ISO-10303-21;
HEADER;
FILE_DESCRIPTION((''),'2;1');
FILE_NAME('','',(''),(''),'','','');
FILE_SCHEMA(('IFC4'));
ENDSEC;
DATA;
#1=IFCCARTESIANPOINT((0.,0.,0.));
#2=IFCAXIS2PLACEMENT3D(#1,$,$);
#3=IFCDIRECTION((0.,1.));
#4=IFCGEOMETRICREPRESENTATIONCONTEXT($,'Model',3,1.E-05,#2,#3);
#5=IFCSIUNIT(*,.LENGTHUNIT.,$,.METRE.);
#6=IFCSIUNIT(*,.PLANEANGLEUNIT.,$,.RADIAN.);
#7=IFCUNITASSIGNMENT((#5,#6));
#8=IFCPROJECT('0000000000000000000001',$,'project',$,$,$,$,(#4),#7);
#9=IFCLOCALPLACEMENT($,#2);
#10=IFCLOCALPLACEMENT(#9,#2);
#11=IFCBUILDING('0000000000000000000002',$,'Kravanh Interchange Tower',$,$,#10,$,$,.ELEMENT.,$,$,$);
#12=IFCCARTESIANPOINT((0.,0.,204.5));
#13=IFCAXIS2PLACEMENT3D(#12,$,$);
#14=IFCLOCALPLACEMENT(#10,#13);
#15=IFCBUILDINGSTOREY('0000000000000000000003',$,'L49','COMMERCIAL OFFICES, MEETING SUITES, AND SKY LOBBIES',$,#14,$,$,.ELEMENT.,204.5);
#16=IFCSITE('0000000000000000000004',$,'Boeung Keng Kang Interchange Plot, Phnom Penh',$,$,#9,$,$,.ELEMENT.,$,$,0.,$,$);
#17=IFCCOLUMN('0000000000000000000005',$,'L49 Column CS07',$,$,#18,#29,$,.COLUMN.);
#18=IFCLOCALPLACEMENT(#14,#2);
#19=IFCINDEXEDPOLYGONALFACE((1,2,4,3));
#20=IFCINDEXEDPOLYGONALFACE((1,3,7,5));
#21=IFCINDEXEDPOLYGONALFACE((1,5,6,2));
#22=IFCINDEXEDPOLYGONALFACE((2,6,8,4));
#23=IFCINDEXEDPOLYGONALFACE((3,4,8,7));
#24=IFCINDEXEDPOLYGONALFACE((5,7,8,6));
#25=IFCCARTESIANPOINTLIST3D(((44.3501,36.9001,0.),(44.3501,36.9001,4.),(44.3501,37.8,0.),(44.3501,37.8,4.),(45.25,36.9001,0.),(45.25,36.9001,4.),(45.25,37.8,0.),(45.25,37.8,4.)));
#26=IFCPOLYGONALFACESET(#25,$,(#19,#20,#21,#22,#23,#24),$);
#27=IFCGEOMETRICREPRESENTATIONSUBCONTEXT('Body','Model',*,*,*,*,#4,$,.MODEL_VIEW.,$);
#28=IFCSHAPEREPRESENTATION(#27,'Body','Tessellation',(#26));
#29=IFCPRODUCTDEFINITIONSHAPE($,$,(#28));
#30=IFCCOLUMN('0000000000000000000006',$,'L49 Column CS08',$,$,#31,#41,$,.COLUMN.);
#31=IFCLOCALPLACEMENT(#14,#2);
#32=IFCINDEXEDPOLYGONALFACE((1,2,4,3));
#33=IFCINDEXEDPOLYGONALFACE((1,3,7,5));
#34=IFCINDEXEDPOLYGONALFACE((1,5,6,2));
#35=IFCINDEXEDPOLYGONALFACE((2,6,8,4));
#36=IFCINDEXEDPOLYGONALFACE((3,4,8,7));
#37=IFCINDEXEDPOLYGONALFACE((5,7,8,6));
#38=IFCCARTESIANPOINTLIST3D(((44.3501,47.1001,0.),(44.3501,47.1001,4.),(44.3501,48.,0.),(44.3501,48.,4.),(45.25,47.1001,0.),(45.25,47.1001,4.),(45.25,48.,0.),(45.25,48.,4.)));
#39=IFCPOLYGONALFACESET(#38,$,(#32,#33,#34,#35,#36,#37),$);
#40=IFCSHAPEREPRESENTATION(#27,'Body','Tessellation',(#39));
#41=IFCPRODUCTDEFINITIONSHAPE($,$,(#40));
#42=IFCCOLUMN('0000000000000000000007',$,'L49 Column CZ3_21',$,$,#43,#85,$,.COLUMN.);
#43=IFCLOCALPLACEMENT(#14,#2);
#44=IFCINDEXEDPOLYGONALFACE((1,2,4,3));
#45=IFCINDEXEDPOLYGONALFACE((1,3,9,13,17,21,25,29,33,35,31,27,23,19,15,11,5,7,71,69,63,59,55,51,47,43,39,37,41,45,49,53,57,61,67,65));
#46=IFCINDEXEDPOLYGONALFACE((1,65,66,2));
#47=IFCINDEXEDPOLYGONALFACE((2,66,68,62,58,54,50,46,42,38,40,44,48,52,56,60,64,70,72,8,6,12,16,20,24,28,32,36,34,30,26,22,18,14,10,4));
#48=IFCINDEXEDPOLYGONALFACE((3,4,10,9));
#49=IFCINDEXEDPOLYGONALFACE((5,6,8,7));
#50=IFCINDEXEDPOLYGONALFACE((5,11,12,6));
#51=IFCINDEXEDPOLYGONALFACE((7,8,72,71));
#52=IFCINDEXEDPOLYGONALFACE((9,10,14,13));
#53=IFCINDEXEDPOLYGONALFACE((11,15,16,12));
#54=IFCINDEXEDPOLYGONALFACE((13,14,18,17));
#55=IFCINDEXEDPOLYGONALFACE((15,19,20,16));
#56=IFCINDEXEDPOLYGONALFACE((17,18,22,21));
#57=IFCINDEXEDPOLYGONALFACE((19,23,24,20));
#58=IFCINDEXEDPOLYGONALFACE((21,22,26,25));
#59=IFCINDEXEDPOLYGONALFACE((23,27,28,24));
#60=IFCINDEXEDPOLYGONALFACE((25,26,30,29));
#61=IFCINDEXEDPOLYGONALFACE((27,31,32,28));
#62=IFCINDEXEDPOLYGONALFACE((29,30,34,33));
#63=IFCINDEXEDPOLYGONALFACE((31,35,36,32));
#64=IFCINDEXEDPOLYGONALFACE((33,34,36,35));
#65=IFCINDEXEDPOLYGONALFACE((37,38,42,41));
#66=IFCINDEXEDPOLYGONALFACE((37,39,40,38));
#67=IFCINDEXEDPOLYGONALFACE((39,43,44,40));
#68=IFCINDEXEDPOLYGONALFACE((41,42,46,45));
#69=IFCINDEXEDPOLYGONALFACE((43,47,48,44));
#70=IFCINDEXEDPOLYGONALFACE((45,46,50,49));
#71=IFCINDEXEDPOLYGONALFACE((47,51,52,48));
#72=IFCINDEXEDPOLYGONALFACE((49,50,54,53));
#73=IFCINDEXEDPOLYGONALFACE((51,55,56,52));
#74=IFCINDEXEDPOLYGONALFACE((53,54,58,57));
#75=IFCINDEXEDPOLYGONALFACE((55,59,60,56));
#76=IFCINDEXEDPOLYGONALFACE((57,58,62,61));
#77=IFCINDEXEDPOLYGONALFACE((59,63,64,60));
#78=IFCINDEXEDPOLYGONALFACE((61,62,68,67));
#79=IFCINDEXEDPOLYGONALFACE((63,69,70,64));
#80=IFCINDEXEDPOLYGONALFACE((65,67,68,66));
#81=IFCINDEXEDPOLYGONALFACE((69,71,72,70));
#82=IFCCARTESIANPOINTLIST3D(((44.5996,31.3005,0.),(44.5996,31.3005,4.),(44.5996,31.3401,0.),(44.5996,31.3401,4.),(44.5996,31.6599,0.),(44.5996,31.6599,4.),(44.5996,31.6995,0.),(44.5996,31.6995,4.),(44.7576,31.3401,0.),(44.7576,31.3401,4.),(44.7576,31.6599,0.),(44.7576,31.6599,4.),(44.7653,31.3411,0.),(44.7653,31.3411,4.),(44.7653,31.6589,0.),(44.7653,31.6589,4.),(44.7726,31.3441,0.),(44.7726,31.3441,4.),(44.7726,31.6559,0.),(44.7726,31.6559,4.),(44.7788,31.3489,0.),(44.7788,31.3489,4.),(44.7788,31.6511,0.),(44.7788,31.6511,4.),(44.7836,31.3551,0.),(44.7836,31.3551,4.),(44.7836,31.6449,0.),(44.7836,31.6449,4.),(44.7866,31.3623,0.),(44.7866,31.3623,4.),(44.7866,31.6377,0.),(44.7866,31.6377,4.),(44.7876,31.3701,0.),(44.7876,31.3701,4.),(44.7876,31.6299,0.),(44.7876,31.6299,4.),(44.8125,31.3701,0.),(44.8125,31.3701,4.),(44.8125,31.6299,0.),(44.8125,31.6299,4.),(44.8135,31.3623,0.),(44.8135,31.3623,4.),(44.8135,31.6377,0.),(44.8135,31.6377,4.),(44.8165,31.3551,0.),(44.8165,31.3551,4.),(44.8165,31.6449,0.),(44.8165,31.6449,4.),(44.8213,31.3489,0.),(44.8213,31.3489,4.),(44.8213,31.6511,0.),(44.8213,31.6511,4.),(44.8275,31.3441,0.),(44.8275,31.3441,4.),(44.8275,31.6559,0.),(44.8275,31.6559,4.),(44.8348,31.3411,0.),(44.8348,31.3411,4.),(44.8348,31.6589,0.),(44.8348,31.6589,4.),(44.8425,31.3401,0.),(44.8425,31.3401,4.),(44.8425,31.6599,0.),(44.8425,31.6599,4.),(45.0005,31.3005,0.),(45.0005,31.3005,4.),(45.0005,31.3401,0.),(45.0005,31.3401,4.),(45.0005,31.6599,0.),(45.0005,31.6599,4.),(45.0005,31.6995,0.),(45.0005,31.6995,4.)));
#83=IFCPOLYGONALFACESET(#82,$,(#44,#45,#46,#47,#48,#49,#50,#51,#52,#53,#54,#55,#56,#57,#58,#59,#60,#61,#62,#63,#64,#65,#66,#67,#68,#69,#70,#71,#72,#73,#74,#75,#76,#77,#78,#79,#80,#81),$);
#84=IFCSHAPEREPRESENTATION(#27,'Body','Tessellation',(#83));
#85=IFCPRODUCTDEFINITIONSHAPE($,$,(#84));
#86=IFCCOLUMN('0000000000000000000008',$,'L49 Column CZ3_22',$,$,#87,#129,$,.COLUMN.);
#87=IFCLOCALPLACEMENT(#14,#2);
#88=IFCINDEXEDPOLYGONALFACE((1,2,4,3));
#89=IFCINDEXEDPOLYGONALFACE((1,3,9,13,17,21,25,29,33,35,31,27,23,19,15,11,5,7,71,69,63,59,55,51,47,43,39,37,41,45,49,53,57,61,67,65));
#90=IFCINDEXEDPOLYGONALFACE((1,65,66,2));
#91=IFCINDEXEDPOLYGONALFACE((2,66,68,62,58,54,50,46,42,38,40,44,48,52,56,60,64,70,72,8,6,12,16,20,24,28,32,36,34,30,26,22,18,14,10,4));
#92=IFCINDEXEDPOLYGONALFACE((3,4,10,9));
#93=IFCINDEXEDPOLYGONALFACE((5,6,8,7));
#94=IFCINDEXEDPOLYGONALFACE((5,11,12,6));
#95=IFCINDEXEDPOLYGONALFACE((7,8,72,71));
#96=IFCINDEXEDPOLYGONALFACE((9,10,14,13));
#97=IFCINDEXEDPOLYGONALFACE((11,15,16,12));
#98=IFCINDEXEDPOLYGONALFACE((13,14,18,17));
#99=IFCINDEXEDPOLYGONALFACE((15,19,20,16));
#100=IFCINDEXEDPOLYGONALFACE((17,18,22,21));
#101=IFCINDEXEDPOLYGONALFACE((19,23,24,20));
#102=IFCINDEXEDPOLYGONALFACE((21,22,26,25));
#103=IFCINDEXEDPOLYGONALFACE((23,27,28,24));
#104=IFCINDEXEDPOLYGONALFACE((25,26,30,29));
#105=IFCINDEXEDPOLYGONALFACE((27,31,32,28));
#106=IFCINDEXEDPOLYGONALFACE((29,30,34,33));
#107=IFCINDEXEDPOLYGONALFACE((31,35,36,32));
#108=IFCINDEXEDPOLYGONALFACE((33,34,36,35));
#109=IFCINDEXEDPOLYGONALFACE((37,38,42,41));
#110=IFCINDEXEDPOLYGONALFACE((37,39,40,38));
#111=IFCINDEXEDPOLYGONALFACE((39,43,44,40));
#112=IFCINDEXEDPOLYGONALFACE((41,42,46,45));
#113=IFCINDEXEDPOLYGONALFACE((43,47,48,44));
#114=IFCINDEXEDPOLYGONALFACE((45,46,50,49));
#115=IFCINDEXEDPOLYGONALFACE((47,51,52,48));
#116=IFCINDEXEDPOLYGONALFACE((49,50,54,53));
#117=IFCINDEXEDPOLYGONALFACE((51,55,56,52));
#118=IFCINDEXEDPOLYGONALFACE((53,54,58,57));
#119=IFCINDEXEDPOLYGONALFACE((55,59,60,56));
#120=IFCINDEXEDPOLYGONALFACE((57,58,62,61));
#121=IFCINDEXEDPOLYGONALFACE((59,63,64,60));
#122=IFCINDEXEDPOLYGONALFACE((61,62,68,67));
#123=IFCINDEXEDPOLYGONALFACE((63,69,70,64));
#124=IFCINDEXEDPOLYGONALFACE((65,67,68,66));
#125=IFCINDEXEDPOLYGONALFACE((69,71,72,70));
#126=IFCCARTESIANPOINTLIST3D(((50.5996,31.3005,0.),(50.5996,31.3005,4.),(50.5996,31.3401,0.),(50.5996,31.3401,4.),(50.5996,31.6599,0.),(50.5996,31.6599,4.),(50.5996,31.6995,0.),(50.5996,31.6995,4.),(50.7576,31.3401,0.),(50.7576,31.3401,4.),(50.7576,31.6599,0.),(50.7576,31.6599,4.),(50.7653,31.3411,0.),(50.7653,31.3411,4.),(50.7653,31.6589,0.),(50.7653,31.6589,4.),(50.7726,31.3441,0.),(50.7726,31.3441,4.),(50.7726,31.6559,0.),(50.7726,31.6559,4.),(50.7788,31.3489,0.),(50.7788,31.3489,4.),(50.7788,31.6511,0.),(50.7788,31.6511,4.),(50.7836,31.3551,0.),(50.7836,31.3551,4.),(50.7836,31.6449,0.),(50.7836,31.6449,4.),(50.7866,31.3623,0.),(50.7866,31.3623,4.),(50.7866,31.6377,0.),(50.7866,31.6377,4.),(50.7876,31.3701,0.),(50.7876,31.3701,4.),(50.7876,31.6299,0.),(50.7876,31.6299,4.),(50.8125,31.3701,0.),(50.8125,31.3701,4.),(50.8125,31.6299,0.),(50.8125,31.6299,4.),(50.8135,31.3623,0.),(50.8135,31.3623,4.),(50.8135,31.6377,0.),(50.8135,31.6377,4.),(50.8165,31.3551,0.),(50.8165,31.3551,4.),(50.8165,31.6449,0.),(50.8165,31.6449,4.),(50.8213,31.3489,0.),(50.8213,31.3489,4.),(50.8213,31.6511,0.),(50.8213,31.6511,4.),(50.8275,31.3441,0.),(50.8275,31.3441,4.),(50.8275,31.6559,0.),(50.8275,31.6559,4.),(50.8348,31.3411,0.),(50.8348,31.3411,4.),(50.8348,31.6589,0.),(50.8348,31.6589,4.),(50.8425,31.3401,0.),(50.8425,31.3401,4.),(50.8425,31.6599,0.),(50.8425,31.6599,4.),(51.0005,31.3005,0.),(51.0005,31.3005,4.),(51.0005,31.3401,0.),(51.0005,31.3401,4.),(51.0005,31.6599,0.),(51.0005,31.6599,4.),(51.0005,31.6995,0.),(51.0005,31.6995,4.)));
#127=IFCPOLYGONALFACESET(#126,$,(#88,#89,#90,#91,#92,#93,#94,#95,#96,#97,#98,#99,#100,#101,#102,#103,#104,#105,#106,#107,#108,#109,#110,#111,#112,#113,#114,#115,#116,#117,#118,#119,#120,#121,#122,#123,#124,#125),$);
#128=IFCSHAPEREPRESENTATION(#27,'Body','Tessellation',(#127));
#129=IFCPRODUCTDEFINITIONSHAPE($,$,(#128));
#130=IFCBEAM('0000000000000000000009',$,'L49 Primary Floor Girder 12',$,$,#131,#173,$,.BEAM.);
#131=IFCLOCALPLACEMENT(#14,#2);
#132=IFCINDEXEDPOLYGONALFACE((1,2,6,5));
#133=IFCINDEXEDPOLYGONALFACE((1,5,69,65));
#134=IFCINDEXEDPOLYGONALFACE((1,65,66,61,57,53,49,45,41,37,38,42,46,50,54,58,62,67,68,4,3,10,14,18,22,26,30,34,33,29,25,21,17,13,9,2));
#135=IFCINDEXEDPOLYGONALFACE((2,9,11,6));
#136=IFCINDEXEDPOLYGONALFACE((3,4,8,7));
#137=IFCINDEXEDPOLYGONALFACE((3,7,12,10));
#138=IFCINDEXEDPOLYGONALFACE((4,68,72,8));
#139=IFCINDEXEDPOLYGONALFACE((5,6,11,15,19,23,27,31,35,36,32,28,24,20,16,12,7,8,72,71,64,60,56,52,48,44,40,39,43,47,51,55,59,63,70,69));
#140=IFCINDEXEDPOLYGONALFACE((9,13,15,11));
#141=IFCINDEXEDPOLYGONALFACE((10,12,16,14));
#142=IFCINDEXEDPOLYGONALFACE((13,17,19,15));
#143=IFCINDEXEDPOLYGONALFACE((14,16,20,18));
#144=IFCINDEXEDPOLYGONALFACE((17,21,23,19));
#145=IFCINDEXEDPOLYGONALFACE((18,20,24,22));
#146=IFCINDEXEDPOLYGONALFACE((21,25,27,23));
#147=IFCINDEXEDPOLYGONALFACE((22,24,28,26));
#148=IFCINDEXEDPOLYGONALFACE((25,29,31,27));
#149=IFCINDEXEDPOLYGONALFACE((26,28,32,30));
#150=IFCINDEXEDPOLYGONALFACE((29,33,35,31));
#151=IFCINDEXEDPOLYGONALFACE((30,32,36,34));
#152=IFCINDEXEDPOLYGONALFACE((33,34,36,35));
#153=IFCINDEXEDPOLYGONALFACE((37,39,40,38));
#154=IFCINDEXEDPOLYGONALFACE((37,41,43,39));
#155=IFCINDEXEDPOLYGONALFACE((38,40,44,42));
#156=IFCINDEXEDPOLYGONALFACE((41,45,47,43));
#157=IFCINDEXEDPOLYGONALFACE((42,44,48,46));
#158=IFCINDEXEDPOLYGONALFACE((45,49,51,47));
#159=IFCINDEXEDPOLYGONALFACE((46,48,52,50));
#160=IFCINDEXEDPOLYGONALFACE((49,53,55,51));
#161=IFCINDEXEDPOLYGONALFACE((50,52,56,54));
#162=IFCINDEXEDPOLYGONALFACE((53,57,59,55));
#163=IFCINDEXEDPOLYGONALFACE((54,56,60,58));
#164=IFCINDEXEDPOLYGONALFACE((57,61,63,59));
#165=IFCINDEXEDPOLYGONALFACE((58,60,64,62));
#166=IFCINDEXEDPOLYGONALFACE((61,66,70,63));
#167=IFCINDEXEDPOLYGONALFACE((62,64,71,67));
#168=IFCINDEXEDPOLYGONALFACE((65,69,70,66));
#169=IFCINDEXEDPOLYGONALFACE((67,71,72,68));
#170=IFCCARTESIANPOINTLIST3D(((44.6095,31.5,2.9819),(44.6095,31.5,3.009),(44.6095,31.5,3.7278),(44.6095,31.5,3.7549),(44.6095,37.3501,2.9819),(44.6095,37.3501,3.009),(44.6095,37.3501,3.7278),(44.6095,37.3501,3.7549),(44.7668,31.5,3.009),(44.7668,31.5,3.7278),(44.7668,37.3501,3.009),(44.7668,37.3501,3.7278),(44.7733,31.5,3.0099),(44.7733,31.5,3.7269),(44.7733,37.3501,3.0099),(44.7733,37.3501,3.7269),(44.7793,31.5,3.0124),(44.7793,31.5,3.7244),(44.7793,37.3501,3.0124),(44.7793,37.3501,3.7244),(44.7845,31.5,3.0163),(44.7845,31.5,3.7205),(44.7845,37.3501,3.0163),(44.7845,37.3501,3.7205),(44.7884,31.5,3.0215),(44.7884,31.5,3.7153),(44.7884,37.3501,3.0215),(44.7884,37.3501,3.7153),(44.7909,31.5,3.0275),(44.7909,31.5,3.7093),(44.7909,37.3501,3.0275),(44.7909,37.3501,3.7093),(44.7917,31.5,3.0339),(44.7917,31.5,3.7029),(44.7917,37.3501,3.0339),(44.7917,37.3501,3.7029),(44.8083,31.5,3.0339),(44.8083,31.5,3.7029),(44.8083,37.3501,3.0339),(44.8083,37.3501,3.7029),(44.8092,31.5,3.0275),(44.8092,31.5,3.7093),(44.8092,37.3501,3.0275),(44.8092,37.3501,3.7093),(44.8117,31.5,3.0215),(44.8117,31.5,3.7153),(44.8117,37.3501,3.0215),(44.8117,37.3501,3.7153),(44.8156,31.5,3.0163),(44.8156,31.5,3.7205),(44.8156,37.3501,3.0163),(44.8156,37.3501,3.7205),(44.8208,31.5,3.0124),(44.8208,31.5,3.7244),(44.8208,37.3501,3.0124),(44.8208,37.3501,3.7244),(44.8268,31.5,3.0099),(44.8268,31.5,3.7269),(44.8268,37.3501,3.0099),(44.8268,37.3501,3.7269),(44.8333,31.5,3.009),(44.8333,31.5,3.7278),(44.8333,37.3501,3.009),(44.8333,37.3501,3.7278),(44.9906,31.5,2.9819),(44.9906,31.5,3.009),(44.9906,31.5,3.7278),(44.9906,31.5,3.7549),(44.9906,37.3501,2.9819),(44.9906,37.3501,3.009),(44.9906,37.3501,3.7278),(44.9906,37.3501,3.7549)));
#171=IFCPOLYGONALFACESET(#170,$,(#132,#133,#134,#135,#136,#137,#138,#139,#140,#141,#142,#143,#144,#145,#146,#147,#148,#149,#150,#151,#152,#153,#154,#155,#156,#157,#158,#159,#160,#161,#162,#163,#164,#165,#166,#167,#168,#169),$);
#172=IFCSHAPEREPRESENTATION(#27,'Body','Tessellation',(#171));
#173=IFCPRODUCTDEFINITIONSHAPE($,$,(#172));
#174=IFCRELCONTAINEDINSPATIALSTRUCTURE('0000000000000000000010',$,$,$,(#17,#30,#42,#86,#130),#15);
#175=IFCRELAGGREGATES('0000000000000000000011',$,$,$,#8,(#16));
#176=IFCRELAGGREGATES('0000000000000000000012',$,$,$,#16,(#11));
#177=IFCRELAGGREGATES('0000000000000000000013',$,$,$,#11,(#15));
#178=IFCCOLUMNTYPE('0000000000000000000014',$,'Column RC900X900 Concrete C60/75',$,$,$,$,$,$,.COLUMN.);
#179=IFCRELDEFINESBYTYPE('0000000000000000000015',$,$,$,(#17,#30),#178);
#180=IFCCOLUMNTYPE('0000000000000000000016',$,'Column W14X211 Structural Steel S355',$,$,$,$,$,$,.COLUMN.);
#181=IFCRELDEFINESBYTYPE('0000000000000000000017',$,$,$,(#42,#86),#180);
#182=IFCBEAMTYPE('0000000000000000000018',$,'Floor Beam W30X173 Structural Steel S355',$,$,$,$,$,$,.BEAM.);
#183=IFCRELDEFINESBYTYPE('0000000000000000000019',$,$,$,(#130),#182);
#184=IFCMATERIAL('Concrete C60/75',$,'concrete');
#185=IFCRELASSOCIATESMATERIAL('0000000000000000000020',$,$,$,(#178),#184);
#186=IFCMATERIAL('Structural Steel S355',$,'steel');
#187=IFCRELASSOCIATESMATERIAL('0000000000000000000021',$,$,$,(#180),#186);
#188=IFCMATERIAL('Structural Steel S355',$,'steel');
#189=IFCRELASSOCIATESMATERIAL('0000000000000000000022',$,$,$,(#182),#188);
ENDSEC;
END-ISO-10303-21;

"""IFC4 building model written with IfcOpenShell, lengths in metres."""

from ifc_helpers import new_model, si_unit, direction, frame, origin, origin_2d, place, context, subcontext, project, spatial, rectangle, i_section, extrude, material, material_profile, profile_set, type_object, element, save


model = new_model("IFC4")

# Units and contexts
model_context = context("Model", 3, precision=1e-05, world=origin(), true_north=direction((0.0, 1.0)))
body_context = subcontext(model_context, "Body", "Model", "MODEL_VIEW")
ifc_project = project(units=[si_unit("LENGTHUNIT", "METRE"), si_unit("PLANEANGLEUNIT", "RADIAN")], contexts=[model_context])

# Site, building, storey
site_placement = place(None, origin())
site = spatial("IfcSite", under=ifc_project, at=site_placement, Name="Boeung Keng Kang Interchange Plot, Phnom Penh", CompositionType="ELEMENT", RefElevation=0.0)
building_placement = place(site_placement, origin())
building = spatial("IfcBuilding", under=site, at=building_placement, Name="Kravanh Interchange Tower", CompositionType="ELEMENT")
storey_placement = place(building_placement, frame((0.0, 0.0, 204.5)))
storey = spatial("IfcBuildingStorey", under=building, at=storey_placement, Name="L49", Description="COMMERCIAL OFFICES, MEETING SUITES, AND SKY LOBBIES", CompositionType="ELEMENT", Elevation=204.5)

# Columns
ifc_material_1 = material(Name="Concrete C60/75", Category="concrete")
ifc_material_profile_1 = material_profile(ifc_material_1, rectangle(XDim=0.8999, YDim=0.8999, at=origin_2d()), Name="RC900X900")
ifc_profile_set_1 = profile_set([ifc_material_profile_1], Name="Concrete C60/75")
column_type_1 = type_object("IfcColumnType", Name="Column RC900X900 Concrete C60/75", PredefinedType="COLUMN", material=ifc_profile_set_1)
for number, where, z_axis, x_axis, name in (
    (1, (44.8, 37.3501, 0.0), (0.0, 0.0, 1.0), (1.0, 0.0, 0.0), "L49 Column CS07"),
    (2, (44.8, 47.55, 0.0), (0.0, 0.0, 1.0), (1.0, 0.0, 0.0), "L49 Column CS08"),
):
    element("IfcColumn", number, at=place(storey_placement, frame(where, z_axis=z_axis, x_axis=x_axis)), inside=storey, type_object=column_type_1, Name=name, PredefinedType="COLUMN", context=body_context, shape_type="SweptSolid", body=[
        extrude(rectangle(XDim=0.8999, YDim=0.8999, at=origin_2d()), origin(), (0.0, 0.0, 1.0), 4.0),
    ])
ifc_material_2 = material(Name="Structural Steel S355", Category="steel")
ifc_material_profile_2 = material_profile(ifc_material_2, i_section(OverallWidth=0.4009, OverallDepth=0.3989, WebThickness=0.0249, FlangeThickness=0.0396, FilletRadius=0.03, at=origin_2d()), Name="W14X211")
ifc_profile_set_2 = profile_set([ifc_material_profile_2], Name="Structural Steel S355")
column_type_2 = type_object("IfcColumnType", Name="Column W14X211 Structural Steel S355", PredefinedType="COLUMN", material=ifc_profile_set_2)
for number, where, z_axis, x_axis, name in (
    (3, (44.8, 31.5, 0.0), (0.0, 0.0, 1.0), (1.0, 0.0, 0.0), "L49 Column CZ3_21"),
    (4, (50.8, 31.5, 0.0), (0.0, 0.0, 1.0), (1.0, 0.0, 0.0), "L49 Column CZ3_22"),
):
    element("IfcColumn", number, at=place(storey_placement, frame(where, z_axis=z_axis, x_axis=x_axis)), inside=storey, type_object=column_type_2, Name=name, PredefinedType="COLUMN", context=body_context, shape_type="SweptSolid", body=[
        extrude(i_section(OverallWidth=0.4009, OverallDepth=0.3989, WebThickness=0.0249, FlangeThickness=0.0396, FilletRadius=0.03, at=origin_2d()), origin(), (0.0, 0.0, 1.0), 4.0),
    ])

# Beam
ifc_material_3 = material(Name="Structural Steel S355", Category="steel")
ifc_material_profile_3 = material_profile(ifc_material_3, i_section(OverallWidth=0.3811, OverallDepth=0.7729, WebThickness=0.0166, FlangeThickness=0.0271, FilletRadius=0.0249, at=origin_2d()), Name="W30X173")
ifc_profile_set_3 = profile_set([ifc_material_profile_3], Name="Structural Steel S355")
beam_type_1 = type_object("IfcBeamType", Name="Floor Beam W30X173 Structural Steel S355", PredefinedType="BEAM", material=ifc_profile_set_3)
beam_1_placement = place(storey_placement, frame((44.8, 37.3501, 3.3684), z_axis=(0.0, -1.0, 0.0), x_axis=(1.0, 0.0, 0.0)))
element("IfcBeam", 5, at=beam_1_placement, inside=storey, type_object=beam_type_1, Name="L49 Primary Floor Girder 12", PredefinedType="BEAM", context=body_context, shape_type="SweptSolid", body=[
    extrude(i_section(OverallWidth=0.3811, OverallDepth=0.7729, WebThickness=0.0166, FlangeThickness=0.0271, FilletRadius=0.0249, at=origin_2d()), origin(), (0.0, 0.0, 1.0), 5.8501),
])

save(model, "model.ifc")
